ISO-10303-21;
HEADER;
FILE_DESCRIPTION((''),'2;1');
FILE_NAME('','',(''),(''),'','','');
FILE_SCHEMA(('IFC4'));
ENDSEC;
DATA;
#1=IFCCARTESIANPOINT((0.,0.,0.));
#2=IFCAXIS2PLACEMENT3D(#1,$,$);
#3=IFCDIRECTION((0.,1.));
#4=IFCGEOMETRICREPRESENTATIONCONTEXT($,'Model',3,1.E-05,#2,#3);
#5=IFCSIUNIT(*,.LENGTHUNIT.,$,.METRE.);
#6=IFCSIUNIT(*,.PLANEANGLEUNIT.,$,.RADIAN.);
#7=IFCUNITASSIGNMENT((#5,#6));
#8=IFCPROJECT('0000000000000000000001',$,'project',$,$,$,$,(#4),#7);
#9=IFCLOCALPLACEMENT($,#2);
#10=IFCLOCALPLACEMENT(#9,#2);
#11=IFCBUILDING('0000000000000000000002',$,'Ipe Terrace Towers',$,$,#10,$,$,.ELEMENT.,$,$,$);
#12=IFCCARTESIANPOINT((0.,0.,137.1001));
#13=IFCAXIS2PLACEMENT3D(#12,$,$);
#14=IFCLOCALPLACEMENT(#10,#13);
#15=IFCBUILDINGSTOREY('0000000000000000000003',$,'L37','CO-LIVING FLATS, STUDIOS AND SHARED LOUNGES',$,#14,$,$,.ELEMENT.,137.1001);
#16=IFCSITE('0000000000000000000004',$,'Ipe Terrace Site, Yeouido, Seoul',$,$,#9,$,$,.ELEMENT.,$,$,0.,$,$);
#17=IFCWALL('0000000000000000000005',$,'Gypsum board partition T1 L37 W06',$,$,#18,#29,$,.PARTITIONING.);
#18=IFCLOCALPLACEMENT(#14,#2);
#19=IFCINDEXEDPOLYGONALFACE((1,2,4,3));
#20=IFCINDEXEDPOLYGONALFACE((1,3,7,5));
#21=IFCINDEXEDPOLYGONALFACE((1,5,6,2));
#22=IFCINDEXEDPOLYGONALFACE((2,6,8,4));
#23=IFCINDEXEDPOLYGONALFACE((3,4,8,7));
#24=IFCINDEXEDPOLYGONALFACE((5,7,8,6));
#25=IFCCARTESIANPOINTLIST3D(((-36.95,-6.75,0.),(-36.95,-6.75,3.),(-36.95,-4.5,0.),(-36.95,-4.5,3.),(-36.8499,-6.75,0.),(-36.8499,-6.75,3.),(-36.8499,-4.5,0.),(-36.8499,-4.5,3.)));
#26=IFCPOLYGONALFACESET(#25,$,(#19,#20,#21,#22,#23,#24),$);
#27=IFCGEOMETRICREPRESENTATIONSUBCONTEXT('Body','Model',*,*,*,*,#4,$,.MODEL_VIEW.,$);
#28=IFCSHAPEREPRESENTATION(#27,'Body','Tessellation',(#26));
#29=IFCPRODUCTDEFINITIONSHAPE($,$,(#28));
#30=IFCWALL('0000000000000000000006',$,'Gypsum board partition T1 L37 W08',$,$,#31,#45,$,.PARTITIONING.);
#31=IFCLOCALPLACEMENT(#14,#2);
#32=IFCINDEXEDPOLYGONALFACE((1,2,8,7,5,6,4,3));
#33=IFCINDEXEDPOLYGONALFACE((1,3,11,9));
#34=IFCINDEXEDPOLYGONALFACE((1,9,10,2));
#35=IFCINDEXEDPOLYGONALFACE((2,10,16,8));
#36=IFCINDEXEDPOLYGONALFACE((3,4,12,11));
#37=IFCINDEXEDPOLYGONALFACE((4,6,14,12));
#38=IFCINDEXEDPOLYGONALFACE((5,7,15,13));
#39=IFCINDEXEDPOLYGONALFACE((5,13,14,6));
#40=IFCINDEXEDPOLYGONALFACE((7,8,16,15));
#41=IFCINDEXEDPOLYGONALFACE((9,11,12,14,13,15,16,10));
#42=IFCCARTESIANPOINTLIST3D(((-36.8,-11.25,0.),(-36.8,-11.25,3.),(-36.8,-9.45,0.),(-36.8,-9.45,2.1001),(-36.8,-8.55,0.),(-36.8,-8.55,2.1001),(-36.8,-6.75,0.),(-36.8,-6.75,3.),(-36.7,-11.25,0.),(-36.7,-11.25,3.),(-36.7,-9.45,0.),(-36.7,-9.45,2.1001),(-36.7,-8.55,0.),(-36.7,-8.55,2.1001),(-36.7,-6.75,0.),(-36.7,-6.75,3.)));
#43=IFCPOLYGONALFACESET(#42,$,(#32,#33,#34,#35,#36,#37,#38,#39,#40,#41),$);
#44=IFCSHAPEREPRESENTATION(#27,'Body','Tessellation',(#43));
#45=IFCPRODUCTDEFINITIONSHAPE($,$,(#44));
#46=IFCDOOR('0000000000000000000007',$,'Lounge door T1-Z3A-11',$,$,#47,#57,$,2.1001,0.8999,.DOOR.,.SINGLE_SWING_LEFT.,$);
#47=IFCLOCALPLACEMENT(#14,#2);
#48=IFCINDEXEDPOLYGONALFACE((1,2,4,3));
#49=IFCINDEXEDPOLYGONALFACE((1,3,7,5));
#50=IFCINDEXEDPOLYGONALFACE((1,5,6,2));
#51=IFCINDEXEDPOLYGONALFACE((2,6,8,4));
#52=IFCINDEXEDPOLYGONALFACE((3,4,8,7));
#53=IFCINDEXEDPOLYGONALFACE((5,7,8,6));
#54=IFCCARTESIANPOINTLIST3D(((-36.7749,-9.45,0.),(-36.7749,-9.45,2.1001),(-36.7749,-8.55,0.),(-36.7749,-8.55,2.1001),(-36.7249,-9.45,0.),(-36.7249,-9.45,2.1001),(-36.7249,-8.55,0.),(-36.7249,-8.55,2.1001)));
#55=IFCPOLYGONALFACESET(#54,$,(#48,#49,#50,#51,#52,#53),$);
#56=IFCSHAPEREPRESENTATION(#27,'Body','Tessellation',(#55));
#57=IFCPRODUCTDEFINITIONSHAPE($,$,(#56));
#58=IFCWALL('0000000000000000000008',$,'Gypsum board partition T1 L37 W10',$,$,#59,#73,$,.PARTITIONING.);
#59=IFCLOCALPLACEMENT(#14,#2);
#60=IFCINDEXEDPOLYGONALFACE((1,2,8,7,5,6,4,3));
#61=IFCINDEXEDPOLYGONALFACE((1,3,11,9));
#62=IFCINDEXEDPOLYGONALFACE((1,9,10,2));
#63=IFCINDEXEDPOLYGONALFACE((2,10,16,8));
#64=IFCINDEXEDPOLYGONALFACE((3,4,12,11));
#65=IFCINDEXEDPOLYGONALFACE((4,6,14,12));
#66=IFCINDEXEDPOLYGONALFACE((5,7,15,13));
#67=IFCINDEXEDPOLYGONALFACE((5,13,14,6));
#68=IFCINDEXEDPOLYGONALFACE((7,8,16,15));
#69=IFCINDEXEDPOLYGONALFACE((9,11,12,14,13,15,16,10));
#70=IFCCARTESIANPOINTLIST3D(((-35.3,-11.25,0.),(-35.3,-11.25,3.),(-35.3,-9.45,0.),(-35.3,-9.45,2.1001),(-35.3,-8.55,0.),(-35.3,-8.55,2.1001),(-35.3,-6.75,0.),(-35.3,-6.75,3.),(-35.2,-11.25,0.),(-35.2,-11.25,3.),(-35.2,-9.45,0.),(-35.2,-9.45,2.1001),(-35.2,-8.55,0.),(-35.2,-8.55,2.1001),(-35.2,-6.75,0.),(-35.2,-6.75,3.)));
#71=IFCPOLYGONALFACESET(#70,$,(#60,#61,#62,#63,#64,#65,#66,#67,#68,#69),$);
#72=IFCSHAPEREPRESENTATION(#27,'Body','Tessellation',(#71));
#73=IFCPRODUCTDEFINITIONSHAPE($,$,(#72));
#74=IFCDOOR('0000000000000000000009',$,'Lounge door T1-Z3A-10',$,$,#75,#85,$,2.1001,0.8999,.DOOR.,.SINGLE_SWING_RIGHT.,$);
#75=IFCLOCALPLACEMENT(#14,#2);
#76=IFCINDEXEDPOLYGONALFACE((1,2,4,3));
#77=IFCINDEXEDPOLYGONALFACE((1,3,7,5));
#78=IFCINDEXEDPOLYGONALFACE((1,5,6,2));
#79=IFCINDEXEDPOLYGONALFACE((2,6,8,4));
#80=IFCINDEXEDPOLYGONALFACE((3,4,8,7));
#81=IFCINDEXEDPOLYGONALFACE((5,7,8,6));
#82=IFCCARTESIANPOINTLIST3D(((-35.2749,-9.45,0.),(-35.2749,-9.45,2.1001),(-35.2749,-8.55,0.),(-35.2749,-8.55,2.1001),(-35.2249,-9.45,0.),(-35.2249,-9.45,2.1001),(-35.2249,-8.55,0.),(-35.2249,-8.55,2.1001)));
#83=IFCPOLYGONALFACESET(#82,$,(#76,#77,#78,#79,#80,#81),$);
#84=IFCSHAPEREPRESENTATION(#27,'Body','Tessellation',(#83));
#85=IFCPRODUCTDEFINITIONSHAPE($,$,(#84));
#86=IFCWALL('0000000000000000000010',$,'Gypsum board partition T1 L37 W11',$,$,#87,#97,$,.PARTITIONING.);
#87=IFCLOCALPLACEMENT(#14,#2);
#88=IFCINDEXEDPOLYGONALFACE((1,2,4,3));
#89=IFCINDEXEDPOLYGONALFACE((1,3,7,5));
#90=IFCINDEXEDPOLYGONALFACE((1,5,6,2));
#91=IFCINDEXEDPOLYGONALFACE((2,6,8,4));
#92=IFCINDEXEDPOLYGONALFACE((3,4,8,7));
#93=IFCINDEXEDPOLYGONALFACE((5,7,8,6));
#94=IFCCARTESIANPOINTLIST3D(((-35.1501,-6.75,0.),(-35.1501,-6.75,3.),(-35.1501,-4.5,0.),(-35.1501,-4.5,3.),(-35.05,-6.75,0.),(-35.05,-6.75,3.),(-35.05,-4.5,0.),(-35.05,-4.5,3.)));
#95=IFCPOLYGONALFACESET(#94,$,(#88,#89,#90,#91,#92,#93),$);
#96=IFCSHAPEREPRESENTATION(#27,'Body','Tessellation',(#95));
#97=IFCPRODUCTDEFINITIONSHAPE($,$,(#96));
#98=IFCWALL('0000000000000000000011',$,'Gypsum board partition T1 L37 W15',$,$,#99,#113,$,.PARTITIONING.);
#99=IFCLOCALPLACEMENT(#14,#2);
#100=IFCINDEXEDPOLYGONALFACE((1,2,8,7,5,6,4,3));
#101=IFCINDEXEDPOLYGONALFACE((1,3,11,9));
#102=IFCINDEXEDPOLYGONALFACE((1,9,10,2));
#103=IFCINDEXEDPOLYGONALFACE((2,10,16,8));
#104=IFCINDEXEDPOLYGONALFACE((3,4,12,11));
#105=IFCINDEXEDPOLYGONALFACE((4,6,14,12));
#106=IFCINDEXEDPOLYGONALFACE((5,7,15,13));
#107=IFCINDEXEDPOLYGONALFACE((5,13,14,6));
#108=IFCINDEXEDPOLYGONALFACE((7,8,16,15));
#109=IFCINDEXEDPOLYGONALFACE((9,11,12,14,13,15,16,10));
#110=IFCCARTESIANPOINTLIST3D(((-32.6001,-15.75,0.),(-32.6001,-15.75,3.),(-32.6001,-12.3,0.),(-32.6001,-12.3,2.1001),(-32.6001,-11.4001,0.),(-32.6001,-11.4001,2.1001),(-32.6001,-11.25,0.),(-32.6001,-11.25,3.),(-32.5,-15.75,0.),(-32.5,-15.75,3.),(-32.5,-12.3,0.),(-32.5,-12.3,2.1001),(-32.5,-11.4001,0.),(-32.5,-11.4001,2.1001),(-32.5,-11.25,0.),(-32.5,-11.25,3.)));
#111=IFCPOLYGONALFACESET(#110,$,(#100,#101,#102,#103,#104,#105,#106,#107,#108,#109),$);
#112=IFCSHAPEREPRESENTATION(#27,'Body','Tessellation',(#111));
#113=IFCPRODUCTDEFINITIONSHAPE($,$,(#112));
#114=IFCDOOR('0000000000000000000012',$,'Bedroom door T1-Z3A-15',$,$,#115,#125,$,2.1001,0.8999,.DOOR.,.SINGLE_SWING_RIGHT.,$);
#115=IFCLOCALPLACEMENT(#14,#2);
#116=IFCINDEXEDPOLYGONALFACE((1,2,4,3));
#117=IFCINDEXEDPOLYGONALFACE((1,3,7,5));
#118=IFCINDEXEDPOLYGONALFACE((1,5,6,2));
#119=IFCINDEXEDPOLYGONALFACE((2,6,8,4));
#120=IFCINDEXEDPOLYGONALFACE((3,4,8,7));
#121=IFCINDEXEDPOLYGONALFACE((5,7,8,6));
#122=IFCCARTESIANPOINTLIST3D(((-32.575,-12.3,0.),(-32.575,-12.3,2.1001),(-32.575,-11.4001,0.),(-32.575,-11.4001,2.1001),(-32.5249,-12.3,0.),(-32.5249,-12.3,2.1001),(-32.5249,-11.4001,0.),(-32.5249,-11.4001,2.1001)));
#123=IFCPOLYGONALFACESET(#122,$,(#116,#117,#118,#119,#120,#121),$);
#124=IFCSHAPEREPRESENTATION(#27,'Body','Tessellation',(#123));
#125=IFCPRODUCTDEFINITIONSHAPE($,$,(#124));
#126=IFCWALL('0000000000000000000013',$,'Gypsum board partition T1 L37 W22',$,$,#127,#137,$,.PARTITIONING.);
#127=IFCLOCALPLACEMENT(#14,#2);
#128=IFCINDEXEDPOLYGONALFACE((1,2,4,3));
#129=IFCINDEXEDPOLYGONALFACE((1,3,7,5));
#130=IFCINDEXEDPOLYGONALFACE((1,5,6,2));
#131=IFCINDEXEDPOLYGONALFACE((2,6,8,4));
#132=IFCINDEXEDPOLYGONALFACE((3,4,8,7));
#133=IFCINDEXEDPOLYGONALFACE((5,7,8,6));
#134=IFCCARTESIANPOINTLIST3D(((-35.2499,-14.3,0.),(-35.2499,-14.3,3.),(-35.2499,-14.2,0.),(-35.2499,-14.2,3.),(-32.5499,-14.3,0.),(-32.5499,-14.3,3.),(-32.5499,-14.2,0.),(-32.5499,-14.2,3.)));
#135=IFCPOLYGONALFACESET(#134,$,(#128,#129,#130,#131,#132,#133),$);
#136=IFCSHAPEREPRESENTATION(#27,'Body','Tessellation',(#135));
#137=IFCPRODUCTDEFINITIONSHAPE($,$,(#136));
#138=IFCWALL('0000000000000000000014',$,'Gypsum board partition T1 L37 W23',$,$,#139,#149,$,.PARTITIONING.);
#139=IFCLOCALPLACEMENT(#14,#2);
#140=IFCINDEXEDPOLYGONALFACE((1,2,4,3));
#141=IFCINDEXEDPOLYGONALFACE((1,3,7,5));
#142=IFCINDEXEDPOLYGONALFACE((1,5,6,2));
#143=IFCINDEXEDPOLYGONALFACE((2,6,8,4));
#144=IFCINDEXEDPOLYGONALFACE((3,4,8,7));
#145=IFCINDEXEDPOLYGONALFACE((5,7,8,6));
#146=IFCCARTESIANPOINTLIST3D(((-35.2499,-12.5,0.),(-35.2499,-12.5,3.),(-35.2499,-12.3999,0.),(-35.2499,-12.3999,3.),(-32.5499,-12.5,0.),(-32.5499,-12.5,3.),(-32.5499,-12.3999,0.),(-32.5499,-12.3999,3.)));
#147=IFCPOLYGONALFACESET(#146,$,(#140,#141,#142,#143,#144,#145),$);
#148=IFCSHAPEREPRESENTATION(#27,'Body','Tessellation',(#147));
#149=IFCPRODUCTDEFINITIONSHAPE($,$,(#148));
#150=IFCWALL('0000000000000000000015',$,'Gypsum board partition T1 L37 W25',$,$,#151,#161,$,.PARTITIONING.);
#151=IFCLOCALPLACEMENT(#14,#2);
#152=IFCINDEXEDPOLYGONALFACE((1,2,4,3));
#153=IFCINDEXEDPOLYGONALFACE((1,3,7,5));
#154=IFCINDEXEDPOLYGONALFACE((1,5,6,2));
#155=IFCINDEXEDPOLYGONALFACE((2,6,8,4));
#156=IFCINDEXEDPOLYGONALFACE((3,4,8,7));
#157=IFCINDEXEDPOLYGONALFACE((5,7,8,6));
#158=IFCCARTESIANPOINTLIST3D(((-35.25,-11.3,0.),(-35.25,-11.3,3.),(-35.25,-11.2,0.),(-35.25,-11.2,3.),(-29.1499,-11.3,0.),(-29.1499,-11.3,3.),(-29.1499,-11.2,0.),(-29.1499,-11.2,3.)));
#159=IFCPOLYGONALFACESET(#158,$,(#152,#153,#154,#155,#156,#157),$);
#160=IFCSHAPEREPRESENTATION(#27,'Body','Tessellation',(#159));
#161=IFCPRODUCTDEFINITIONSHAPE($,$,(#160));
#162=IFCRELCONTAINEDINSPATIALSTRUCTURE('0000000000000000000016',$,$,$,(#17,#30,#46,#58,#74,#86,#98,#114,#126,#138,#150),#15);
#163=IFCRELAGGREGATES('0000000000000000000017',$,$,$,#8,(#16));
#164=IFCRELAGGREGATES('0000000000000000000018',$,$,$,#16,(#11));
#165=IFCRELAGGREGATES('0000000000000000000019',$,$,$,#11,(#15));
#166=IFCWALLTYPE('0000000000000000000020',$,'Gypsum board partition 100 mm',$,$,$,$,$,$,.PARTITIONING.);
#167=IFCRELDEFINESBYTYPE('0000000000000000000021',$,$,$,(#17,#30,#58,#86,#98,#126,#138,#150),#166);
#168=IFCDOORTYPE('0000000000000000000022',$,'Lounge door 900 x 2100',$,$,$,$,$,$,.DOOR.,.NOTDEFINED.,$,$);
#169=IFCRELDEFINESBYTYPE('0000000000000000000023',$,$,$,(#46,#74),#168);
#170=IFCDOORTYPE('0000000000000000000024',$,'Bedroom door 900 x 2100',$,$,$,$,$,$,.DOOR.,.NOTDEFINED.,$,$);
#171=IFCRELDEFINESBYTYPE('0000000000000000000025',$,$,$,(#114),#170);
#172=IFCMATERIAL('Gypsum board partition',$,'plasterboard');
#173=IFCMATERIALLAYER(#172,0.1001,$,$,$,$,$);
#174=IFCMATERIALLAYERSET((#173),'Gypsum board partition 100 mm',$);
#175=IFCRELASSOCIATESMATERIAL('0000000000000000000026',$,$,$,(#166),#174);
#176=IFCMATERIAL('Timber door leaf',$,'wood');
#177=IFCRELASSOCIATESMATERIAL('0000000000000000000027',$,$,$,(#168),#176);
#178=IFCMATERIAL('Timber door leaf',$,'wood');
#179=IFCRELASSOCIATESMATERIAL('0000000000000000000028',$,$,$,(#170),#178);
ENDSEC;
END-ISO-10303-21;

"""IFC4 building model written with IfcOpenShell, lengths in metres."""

from ifc_helpers import new_model, si_unit, direction, frame, frame_2d, origin, place, context, subcontext, project, spatial, rectangle, extrude, material, layer, layer_set, type_object, element, fill, save


model = new_model("IFC4")

# Units and contexts
model_context = context("Model", 3, precision=1e-05, world=origin(), true_north=direction((0.0, 1.0)))
body_context = subcontext(model_context, "Body", "Model", "MODEL_VIEW")
ifc_project = project(units=[si_unit("LENGTHUNIT", "METRE"), si_unit("PLANEANGLEUNIT", "RADIAN")], contexts=[model_context])

# Site, building, storey
site_placement = place(None, origin())
site = spatial("IfcSite", under=ifc_project, at=site_placement, Name="Ipe Terrace Site, Yeouido, Seoul", CompositionType="ELEMENT", RefElevation=0.0)
building_placement = place(site_placement, origin())
building = spatial("IfcBuilding", under=site, at=building_placement, Name="Ipe Terrace Towers", CompositionType="ELEMENT")
storey_placement = place(building_placement, frame((0.0, 0.0, 137.1001)))
storey = spatial("IfcBuildingStorey", under=building, at=storey_placement, Name="L37", Description="CO-LIVING FLATS, STUDIOS AND SHARED LOUNGES", CompositionType="ELEMENT", Elevation=137.1001)

# Wall
ifc_material_1 = material(Name="Gypsum board partition", Category="plasterboard")
ifc_layer = layer(ifc_material_1, 0.1001)
ifc_layer_set = layer_set([ifc_layer], Name="Gypsum board partition 100 mm")
wall_type = type_object("IfcWallType", Name="Gypsum board partition 100 mm", PredefinedType="PARTITIONING", material=ifc_layer_set)
wall_1_placement = place(storey_placement, frame((-36.8999, -6.75, 0.0), z_axis=(0.0, 0.0, 1.0), x_axis=(0.0, 1.0, 0.0)))
element("IfcWall", 1, at=wall_1_placement, inside=storey, type_object=wall_type, Name="Gypsum board partition T1 L37 W06", PredefinedType="PARTITIONING", context=body_context, shape_type="SweptSolid", body=[
    extrude(rectangle(XDim=2.25, YDim=0.1001, at=frame_2d((1.125, 0.0))), origin(), (0.0, 0.0, 1.0), 3.0),
])

# Walls, openings, doors
wall_2_placement = place(storey_placement, frame((-36.75, -11.25, 0.0), z_axis=(0.0, 0.0, 1.0), x_axis=(0.0, 1.0, 0.0)))
wall_2 = element("IfcWall", 2, at=wall_2_placement, inside=storey, type_object=wall_type, Name="Gypsum board partition T1 L37 W08", PredefinedType="PARTITIONING", context=body_context, shape_type="SweptSolid", body=[
    extrude(rectangle(XDim=4.5, YDim=0.1001, at=frame_2d((2.25, 0.0))), origin(), (0.0, 0.0, 1.0), 3.0),
])
opening_1_placement = place(wall_2_placement, frame((1.8, 0.0, 0.0)))
opening_1 = element("IfcOpeningElement", 3, at=opening_1_placement, cuts=wall_2, PredefinedType="OPENING", context=body_context, shape_type="SweptSolid", body=[
    extrude(rectangle(XDim=0.8999, YDim=2.1001, at=frame_2d((0.45, 1.05))), frame((0.0, 0.0601, 0.0), z_axis=(0.0, -1.0, 0.0), x_axis=(1.0, 0.0, 0.0)), (0.0, 0.0, 1.0), 0.1201),
])
ifc_material_2 = material(Name="Timber door leaf", Category="wood")
door_type_1 = type_object("IfcDoorType", Name="Lounge door 900 x 2100", OperationType="NOTDEFINED", PredefinedType="DOOR", material=ifc_material_2)
door_1_placement = place(opening_1_placement, origin())
door_1 = element("IfcDoor", 4, at=door_1_placement, inside=storey, type_object=door_type_1, Name="Lounge door T1-Z3A-11", OperationType="SINGLE_SWING_LEFT", OverallHeight=2.1001, OverallWidth=0.8999, PredefinedType="DOOR", context=body_context, shape_type="SweptSolid", body=[
    extrude(rectangle(XDim=0.8999, YDim=2.1001, at=frame_2d((0.45, 1.05))), frame((0.0, 0.0249, 0.0), z_axis=(0.0, -1.0, 0.0), x_axis=(1.0, 0.0, 0.0)), (0.0, 0.0, 1.0), 0.05),
])
fill(opening_1, door_1)
wall_3_placement = place(storey_placement, frame((-35.25, -11.25, 0.0), z_axis=(0.0, 0.0, 1.0), x_axis=(0.0, 1.0, 0.0)))
wall_3 = element("IfcWall", 5, at=wall_3_placement, inside=storey, type_object=wall_type, Name="Gypsum board partition T1 L37 W10", PredefinedType="PARTITIONING", context=body_context, shape_type="SweptSolid", body=[
    extrude(rectangle(XDim=4.5, YDim=0.1001, at=frame_2d((2.25, 0.0))), origin(), (0.0, 0.0, 1.0), 3.0),
])
opening_2_placement = place(wall_3_placement, frame((1.8, 0.0, 0.0)))
opening_2 = element("IfcOpeningElement", 6, at=opening_2_placement, cuts=wall_3, PredefinedType="OPENING", context=body_context, shape_type="SweptSolid", body=[
    extrude(rectangle(XDim=0.8999, YDim=2.1001, at=frame_2d((0.45, 1.05))), frame((0.0, 0.0601, 0.0), z_axis=(0.0, -1.0, 0.0), x_axis=(1.0, 0.0, 0.0)), (0.0, 0.0, 1.0), 0.1201),
])
door_2_placement = place(opening_2_placement, origin())
door_2 = element("IfcDoor", 7, at=door_2_placement, inside=storey, type_object=door_type_1, Name="Lounge door T1-Z3A-10", OperationType="SINGLE_SWING_RIGHT", OverallHeight=2.1001, OverallWidth=0.8999, PredefinedType="DOOR", context=body_context, shape_type="SweptSolid", body=[
    extrude(rectangle(XDim=0.8999, YDim=2.1001, at=frame_2d((0.45, 1.05))), frame((0.0, 0.0249, 0.0), z_axis=(0.0, -1.0, 0.0), x_axis=(1.0, 0.0, 0.0)), (0.0, 0.0, 1.0), 0.05),
])
fill(opening_2, door_2)

# Wall
wall_4_placement = place(storey_placement, frame((-35.1001, -6.75, 0.0), z_axis=(0.0, 0.0, 1.0), x_axis=(0.0, 1.0, 0.0)))
element("IfcWall", 8, at=wall_4_placement, inside=storey, type_object=wall_type, Name="Gypsum board partition T1 L37 W11", PredefinedType="PARTITIONING", context=body_context, shape_type="SweptSolid", body=[
    extrude(rectangle(XDim=2.25, YDim=0.1001, at=frame_2d((1.125, 0.0))), origin(), (0.0, 0.0, 1.0), 3.0),
])

# Wall, opening, door
wall_5_placement = place(storey_placement, frame((-32.55, -15.75, 0.0), z_axis=(0.0, 0.0, 1.0), x_axis=(0.0, 1.0, 0.0)))
wall_5 = element("IfcWall", 9, at=wall_5_placement, inside=storey, type_object=wall_type, Name="Gypsum board partition T1 L37 W15", PredefinedType="PARTITIONING", context=body_context, shape_type="SweptSolid", body=[
    extrude(rectangle(XDim=4.5, YDim=0.1001, at=frame_2d((2.25, 0.0))), origin(), (0.0, 0.0, 1.0), 3.0),
])
opening_3_placement = place(wall_5_placement, frame((3.45, 0.0, 0.0)))
opening_3 = element("IfcOpeningElement", 10, at=opening_3_placement, cuts=wall_5, PredefinedType="OPENING", context=body_context, shape_type="SweptSolid", body=[
    extrude(rectangle(XDim=0.8999, YDim=2.1001, at=frame_2d((0.45, 1.05))), frame((0.0, 0.0601, 0.0), z_axis=(0.0, -1.0, 0.0), x_axis=(1.0, 0.0, 0.0)), (0.0, 0.0, 1.0), 0.1201),
])
ifc_material_3 = material(Name="Timber door leaf", Category="wood")
door_type_2 = type_object("IfcDoorType", Name="Bedroom door 900 x 2100", OperationType="NOTDEFINED", PredefinedType="DOOR", material=ifc_material_3)
door_3_placement = place(opening_3_placement, origin())
door_3 = element("IfcDoor", 11, at=door_3_placement, inside=storey, type_object=door_type_2, Name="Bedroom door T1-Z3A-15", OperationType="SINGLE_SWING_RIGHT", OverallHeight=2.1001, OverallWidth=0.8999, PredefinedType="DOOR", context=body_context, shape_type="SweptSolid", body=[
    extrude(rectangle(XDim=0.8999, YDim=2.1001, at=frame_2d((0.45, 1.05))), frame((0.0, 0.0249, 0.0), z_axis=(0.0, -1.0, 0.0), x_axis=(1.0, 0.0, 0.0)), (0.0, 0.0, 1.0), 0.05),
])
fill(opening_3, door_3)

# Walls
for number, where, z_axis, x_axis, name in (
    (12, (-35.25, -14.25, 0.0), (0.0, 0.0, 1.0), (1.0, 0.0, 0.0), "Gypsum board partition T1 L37 W22"),
    (13, (-35.25, -12.45, 0.0), (0.0, 0.0, 1.0), (1.0, 0.0, 0.0), "Gypsum board partition T1 L37 W23"),
):
    element("IfcWall", number, at=place(storey_placement, frame(where, z_axis=z_axis, x_axis=x_axis)), inside=storey, type_object=wall_type, Name=name, PredefinedType="PARTITIONING", context=body_context, shape_type="SweptSolid", body=[
        extrude(rectangle(XDim=2.7, YDim=0.1001, at=frame_2d((1.3501, 0.0))), origin(), (0.0, 0.0, 1.0), 3.0),
    ])
wall_6_placement = place(storey_placement, frame((-35.25, -11.25, 0.0), z_axis=(0.0, 0.0, 1.0), x_axis=(1.0, 0.0, 0.0)))
element("IfcWall", 14, at=wall_6_placement, inside=storey, type_object=wall_type, Name="Gypsum board partition T1 L37 W25", PredefinedType="PARTITIONING", context=body_context, shape_type="SweptSolid", body=[
    extrude(rectangle(XDim=6.1001, YDim=0.1001, at=frame_2d((3.05, 0.0))), origin(), (0.0, 0.0, 1.0), 3.0),
])

save(model, "model.ifc")
